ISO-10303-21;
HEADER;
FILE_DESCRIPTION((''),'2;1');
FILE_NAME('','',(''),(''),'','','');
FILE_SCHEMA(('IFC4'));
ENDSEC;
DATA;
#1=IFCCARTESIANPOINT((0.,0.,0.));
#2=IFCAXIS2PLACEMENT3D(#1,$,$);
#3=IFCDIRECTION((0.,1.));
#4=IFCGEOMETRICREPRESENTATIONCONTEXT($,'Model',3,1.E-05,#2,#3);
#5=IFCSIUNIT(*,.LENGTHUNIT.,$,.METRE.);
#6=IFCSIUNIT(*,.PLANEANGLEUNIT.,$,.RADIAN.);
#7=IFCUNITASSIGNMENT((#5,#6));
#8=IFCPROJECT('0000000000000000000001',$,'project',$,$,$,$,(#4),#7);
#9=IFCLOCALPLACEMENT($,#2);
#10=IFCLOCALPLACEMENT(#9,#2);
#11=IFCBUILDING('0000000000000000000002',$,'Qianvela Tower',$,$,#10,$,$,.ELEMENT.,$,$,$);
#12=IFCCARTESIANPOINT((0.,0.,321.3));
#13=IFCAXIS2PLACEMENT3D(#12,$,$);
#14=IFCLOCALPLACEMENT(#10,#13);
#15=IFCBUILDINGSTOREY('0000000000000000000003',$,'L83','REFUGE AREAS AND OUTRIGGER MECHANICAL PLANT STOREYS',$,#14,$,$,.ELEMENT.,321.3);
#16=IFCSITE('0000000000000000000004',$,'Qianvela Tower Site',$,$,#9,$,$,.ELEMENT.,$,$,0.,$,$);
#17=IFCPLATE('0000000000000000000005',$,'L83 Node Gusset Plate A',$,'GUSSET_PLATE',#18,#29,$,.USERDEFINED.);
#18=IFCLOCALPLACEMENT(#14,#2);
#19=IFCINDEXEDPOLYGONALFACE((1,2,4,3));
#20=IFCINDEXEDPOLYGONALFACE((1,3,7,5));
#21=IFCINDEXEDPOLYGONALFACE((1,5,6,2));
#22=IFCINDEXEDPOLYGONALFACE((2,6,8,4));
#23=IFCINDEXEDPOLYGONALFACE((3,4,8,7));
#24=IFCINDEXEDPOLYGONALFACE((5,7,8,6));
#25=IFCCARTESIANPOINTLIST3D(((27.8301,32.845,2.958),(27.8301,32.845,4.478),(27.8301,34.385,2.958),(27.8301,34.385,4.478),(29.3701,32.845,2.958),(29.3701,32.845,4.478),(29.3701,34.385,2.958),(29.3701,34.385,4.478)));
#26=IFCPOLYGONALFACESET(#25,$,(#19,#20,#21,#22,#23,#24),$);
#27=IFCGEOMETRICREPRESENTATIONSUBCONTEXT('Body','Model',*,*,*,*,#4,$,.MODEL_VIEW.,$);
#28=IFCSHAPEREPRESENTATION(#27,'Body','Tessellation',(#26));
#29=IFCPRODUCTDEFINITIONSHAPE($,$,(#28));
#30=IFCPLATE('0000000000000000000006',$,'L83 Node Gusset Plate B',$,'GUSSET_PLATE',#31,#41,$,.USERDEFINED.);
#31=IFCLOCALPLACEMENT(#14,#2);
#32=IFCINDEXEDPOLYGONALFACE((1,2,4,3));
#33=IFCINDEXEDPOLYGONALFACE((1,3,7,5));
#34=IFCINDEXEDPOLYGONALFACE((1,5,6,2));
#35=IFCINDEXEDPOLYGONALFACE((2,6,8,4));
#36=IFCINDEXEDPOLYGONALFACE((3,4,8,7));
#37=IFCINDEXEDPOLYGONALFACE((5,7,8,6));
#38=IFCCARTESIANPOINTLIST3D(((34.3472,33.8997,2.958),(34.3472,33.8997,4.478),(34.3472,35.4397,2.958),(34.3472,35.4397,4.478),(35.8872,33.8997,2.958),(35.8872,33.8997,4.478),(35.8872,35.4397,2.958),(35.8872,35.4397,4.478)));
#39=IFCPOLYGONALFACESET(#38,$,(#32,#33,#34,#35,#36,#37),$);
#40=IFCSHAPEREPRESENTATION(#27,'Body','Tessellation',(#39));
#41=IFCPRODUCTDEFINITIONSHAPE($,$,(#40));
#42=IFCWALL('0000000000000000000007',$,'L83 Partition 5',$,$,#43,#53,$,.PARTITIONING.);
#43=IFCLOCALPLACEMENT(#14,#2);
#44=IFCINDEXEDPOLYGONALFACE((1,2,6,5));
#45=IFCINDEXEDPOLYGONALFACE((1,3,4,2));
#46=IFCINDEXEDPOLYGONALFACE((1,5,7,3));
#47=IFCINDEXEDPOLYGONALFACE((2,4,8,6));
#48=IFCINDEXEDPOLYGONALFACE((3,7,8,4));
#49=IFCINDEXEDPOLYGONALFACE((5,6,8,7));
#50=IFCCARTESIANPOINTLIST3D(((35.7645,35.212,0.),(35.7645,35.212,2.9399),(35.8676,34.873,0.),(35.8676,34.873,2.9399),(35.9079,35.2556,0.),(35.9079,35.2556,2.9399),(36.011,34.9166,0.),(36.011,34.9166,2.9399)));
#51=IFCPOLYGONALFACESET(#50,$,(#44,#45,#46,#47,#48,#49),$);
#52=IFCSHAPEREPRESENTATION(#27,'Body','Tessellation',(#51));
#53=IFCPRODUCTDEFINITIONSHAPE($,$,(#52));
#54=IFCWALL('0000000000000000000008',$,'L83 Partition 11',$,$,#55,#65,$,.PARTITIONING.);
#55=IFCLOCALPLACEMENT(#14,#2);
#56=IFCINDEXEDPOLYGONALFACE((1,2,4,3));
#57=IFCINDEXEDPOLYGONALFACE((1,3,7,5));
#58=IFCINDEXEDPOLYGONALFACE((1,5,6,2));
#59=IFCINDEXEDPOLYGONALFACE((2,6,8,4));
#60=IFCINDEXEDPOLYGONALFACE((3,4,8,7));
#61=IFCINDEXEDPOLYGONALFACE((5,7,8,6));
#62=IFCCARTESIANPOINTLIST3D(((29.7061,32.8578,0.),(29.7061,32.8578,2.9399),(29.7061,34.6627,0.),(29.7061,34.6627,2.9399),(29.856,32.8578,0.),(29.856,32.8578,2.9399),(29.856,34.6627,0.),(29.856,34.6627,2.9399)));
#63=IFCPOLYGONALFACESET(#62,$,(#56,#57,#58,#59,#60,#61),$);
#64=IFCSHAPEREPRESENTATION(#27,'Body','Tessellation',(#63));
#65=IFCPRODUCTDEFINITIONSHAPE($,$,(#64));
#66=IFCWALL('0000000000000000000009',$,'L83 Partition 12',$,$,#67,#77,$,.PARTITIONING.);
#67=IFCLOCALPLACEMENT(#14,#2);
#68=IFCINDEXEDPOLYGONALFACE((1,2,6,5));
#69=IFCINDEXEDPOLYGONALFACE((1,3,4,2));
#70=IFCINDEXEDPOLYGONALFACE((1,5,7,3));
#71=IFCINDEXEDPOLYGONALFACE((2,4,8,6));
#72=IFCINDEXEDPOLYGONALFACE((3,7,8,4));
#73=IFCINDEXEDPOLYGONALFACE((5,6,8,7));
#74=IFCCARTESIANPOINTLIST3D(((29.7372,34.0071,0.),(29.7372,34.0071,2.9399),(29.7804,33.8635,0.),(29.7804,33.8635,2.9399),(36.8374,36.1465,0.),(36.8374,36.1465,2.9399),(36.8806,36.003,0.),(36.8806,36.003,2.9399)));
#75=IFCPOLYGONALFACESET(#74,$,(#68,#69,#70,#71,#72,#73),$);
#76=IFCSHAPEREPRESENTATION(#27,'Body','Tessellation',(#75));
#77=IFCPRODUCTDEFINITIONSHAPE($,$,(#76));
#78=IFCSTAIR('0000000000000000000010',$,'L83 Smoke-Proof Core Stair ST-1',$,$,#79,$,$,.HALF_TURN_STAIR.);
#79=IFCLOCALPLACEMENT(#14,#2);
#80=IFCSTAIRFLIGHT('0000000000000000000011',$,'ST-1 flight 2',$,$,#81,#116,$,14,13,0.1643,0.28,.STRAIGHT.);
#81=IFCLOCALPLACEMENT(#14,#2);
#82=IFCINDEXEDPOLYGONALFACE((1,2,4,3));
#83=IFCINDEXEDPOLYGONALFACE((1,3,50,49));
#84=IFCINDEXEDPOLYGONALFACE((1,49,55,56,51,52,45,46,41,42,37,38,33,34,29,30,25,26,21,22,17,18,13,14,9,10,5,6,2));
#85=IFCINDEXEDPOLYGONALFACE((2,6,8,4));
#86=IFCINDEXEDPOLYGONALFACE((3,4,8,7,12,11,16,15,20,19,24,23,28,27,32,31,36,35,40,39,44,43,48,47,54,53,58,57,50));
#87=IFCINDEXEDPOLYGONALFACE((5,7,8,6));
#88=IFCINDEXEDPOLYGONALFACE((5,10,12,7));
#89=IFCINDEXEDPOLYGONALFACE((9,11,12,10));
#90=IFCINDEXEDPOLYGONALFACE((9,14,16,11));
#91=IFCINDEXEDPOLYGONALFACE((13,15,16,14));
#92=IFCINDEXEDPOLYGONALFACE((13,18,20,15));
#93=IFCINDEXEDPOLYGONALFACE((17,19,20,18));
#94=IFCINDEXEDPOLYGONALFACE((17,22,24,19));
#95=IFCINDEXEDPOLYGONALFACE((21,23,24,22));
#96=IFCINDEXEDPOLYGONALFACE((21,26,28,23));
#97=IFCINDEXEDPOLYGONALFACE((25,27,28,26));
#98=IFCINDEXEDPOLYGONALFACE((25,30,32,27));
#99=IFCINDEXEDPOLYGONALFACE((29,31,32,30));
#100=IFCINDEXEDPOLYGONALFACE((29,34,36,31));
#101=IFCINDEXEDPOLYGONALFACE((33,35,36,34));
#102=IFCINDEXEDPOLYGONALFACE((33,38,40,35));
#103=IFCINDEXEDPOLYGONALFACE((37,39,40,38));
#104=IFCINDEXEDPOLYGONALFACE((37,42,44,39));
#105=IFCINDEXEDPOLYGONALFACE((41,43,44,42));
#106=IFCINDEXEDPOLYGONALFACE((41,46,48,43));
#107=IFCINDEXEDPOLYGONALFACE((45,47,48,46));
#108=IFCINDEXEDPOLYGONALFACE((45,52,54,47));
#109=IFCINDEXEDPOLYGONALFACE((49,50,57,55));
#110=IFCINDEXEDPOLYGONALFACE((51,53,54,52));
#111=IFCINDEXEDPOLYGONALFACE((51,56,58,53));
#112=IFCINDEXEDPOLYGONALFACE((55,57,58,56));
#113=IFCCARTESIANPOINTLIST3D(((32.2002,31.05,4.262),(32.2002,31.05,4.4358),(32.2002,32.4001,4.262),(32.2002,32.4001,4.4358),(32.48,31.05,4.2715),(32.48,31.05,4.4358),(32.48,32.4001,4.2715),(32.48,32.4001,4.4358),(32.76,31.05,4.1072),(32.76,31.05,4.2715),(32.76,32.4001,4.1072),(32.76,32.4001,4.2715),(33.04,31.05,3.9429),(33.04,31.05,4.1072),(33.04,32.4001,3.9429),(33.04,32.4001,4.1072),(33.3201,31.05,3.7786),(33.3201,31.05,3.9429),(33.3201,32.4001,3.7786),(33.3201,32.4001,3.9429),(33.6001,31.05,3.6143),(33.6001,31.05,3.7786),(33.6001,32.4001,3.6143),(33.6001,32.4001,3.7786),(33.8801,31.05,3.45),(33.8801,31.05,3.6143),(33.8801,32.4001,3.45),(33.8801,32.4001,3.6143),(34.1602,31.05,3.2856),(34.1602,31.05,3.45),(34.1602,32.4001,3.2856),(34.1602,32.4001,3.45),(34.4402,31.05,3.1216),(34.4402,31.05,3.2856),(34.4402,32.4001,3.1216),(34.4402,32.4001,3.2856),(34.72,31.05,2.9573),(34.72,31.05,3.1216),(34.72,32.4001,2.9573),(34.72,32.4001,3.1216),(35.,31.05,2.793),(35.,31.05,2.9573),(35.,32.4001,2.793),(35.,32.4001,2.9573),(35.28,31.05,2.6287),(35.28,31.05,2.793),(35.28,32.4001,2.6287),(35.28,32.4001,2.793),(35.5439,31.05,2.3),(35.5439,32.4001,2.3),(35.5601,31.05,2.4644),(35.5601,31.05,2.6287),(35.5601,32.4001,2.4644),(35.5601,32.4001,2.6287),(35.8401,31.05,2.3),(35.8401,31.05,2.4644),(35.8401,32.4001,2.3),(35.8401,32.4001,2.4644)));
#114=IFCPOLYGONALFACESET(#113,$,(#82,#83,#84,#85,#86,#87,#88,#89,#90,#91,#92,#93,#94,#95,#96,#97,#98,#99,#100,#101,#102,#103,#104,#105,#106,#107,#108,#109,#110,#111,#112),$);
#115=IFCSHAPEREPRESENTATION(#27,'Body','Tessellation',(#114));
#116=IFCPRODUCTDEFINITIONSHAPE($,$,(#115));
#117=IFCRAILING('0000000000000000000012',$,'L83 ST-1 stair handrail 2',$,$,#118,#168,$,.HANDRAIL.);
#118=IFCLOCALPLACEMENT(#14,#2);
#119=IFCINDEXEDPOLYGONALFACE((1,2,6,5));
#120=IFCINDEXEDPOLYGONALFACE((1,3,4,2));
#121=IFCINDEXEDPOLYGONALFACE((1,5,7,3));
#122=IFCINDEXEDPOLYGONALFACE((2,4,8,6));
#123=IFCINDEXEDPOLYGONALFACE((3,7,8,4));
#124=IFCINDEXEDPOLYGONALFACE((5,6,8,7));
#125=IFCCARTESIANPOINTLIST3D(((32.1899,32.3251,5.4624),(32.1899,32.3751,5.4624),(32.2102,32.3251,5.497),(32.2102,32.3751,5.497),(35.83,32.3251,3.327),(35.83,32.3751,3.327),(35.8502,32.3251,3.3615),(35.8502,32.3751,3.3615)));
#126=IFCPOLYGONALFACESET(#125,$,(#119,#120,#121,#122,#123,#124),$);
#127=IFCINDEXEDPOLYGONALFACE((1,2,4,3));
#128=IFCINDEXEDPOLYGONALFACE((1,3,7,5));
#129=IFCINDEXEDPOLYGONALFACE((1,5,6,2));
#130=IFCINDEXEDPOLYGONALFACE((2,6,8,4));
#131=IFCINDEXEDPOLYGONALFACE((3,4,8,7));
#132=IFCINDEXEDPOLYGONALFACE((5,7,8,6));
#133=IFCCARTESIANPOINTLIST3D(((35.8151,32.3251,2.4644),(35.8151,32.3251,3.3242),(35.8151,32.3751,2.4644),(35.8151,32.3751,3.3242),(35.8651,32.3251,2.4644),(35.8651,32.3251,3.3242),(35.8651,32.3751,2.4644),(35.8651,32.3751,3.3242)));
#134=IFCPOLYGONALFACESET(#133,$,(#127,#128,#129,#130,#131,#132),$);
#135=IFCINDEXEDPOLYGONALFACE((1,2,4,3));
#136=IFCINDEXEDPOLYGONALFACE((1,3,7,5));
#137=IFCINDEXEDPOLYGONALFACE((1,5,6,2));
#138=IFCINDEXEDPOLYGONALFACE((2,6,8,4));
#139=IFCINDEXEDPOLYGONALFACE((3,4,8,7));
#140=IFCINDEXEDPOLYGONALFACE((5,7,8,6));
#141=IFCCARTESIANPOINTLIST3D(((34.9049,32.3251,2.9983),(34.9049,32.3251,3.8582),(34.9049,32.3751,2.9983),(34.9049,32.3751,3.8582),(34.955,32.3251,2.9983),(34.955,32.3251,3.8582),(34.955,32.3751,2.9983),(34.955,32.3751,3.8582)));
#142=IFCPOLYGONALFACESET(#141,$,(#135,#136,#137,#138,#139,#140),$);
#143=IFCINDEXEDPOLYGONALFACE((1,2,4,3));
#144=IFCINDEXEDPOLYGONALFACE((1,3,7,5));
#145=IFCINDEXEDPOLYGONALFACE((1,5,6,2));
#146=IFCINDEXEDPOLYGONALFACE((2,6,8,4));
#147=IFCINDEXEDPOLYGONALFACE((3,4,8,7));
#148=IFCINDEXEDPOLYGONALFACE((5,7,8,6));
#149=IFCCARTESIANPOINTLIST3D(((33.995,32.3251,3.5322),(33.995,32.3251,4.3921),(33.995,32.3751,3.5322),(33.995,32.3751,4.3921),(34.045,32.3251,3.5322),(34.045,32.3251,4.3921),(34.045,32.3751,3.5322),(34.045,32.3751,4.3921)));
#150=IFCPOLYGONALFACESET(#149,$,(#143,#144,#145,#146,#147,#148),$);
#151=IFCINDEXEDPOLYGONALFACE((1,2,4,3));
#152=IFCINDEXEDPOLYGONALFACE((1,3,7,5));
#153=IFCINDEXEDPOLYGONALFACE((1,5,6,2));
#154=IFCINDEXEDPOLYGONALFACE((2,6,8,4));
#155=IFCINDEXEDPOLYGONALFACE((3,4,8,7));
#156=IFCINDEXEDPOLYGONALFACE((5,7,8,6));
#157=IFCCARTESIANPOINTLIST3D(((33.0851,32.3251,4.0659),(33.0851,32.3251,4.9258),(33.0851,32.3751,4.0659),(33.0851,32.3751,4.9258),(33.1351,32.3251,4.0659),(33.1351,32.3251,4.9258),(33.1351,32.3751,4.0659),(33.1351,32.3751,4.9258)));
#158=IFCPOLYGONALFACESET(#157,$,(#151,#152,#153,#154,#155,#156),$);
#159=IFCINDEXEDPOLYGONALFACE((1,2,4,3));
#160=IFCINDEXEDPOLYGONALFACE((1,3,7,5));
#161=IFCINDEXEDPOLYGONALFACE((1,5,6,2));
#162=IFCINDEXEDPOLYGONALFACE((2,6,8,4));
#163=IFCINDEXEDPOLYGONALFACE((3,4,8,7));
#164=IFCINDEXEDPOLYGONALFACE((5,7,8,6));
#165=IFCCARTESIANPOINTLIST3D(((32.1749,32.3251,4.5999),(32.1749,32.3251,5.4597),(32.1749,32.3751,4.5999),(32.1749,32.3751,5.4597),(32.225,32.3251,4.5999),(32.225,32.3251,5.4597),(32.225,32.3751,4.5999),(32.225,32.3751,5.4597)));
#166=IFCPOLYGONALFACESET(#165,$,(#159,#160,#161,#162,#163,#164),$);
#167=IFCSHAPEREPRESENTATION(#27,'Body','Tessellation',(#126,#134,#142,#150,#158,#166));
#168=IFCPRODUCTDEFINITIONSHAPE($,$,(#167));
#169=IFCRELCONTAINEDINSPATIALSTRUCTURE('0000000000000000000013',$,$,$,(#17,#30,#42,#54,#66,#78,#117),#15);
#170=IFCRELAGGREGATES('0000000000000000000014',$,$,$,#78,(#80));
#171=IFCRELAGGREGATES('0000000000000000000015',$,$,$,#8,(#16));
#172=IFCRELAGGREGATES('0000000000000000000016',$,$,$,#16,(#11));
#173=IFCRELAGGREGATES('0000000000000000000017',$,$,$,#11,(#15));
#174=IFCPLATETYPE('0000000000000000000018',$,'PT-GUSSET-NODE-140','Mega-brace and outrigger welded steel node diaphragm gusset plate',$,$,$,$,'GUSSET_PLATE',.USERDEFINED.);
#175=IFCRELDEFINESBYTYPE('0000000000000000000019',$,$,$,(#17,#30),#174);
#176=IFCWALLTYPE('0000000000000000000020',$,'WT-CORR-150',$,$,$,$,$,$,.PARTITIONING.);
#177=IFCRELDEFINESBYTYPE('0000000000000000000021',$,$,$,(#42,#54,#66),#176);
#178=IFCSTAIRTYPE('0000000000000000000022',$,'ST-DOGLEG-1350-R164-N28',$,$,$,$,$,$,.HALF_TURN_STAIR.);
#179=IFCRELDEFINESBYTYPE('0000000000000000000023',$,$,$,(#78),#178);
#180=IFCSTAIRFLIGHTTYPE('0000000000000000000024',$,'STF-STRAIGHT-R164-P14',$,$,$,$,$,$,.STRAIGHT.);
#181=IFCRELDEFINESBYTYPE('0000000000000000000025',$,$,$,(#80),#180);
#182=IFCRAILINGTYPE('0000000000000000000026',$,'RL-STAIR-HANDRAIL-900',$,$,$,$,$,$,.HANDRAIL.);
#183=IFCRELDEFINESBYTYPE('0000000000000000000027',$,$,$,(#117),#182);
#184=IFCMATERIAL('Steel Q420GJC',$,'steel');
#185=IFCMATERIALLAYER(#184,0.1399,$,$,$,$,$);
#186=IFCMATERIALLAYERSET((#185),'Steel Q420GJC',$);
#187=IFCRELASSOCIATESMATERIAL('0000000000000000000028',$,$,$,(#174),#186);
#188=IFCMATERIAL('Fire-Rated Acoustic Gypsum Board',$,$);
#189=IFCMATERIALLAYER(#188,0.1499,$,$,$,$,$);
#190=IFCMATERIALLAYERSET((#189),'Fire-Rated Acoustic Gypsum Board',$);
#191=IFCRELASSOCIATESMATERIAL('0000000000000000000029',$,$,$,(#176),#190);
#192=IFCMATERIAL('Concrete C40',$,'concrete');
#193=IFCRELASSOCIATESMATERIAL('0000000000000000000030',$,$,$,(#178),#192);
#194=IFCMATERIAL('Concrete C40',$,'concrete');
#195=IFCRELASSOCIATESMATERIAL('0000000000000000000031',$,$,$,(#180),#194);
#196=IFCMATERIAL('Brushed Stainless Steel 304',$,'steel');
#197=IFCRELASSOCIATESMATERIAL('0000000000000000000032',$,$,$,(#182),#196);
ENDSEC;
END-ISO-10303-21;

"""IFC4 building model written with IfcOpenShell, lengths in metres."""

from ifc_helpers import new_model, si_unit, direction, frame, frame_2d, origin, origin_2d, place, context, subcontext, project, spatial, polyline, rectangle, outline, extrude, material, layer, layer_set, type_object, element, aggregate, save


model = new_model("IFC4")

# Units and contexts
model_context = context("Model", 3, precision=1e-05, world=origin(), true_north=direction((0.0, 1.0)))
body_context = subcontext(model_context, "Body", "Model", "MODEL_VIEW")
ifc_project = project(units=[si_unit("LENGTHUNIT", "METRE"), si_unit("PLANEANGLEUNIT", "RADIAN")], contexts=[model_context])

# Site, building, storey
site_placement = place(None, origin())
site = spatial("IfcSite", under=ifc_project, at=site_placement, Name="Qianvela Tower Site", CompositionType="ELEMENT", RefElevation=0.0)
building_placement = place(site_placement, origin())
building = spatial("IfcBuilding", under=site, at=building_placement, Name="Qianvela Tower", CompositionType="ELEMENT")
storey_placement = place(building_placement, frame((0.0, 0.0, 321.3)))
storey = spatial("IfcBuildingStorey", under=building, at=storey_placement, Name="L83", Description="REFUGE AREAS AND OUTRIGGER MECHANICAL PLANT STOREYS", CompositionType="ELEMENT", Elevation=321.3)

# Plates
ifc_material_1 = material(Name="Steel Q420GJC", Category="steel")
ifc_layer_1 = layer(ifc_material_1, 0.1399)
ifc_layer_set_1 = layer_set([ifc_layer_1], Name="Steel Q420GJC")
plate_type_1 = type_object("IfcPlateType", Name="PT-GUSSET-NODE-140", Description="Mega-brace and outrigger welded steel node diaphragm gusset plate", ElementType="GUSSET_PLATE", PredefinedType="USERDEFINED", material=ifc_layer_set_1)
for number, where, z_axis, x_axis, name in (
    (1, (28.6001, 33.615, 2.958), (0.0, 0.0, 1.0), (1.0, 0.0, 0.0), "L83 Node Gusset Plate A"),
    (2, (35.1172, 34.6697, 2.958), (0.0, 0.0, 1.0), (1.0, 0.0, 0.0), "L83 Node Gusset Plate B"),
):
    element("IfcPlate", number, at=place(storey_placement, frame(where, z_axis=z_axis, x_axis=x_axis)), inside=storey, type_object=plate_type_1, Name=name, ObjectType="GUSSET_PLATE", PredefinedType="USERDEFINED", context=body_context, shape_type="SweptSolid", body=[
        extrude(rectangle(XDim=1.54, YDim=1.54, at=origin_2d()), origin(), (0.0, 0.0, 1.0), 1.52),
    ])

# Walls
ifc_material_2 = material(Name="Fire-Rated Acoustic Gypsum Board")
ifc_layer_2 = layer(ifc_material_2, 0.1499)
ifc_layer_set_2 = layer_set([ifc_layer_2], Name="Fire-Rated Acoustic Gypsum Board")
wall_type_1 = type_object("IfcWallType", Name="WT-CORR-150", PredefinedType="PARTITIONING", material=ifc_layer_set_2)
wall_1_placement = place(storey_placement, frame((35.8362, 35.2339, 0.0), z_axis=(0.0, 0.0, 1.0), x_axis=(0.290887, -0.956757, 0.0)))
element("IfcWall", 3, at=wall_1_placement, inside=storey, type_object=wall_type_1, Name="L83 Partition 5", PredefinedType="PARTITIONING", context=body_context, shape_type="SweptSolid", body=[
    extrude(rectangle(XDim=0.3542, YDim=0.1499, at=frame_2d((0.1772, 0.0))), origin(), (0.0, 0.0, 1.0), 2.9399),
])
wall_2_placement = place(storey_placement, frame((29.781, 32.8579, 0.0), z_axis=(0.0, 0.0, 1.0), x_axis=(0.0, 1.0, 0.0)))
element("IfcWall", 4, at=wall_2_placement, inside=storey, type_object=wall_type_1, Name="L83 Partition 11", PredefinedType="PARTITIONING", context=body_context, shape_type="SweptSolid", body=[
    extrude(rectangle(XDim=1.8049, YDim=0.1499, at=frame_2d((0.9023, 0.0))), origin(), (0.0, 0.0, 1.0), 2.9399),
])
wall_3_placement = place(storey_placement, frame((29.7588, 33.9353, 0.0), z_axis=(0.0, 0.0, 1.0), x_axis=(0.957478, 0.288508, 0.0)))
element("IfcWall", 5, at=wall_3_placement, inside=storey, type_object=wall_type_1, Name="L83 Partition 12", PredefinedType="PARTITIONING", context=body_context, shape_type="SweptSolid", body=[
    extrude(rectangle(XDim=7.4155, YDim=0.1499, at=frame_2d((3.7078, 0.0))), origin(), (0.0, 0.0, 1.0), 2.9399),
])

# Stair, stair flight
ifc_material_3 = material(Name="Concrete C40", Category="concrete")
stair_type = type_object("IfcStairType", Name="ST-DOGLEG-1350-R164-N28", PredefinedType="HALF_TURN_STAIR", material=ifc_material_3)
stair_placement = place(storey_placement, origin())
stair = element("IfcStair", 6, at=stair_placement, inside=storey, type_object=stair_type, Name="L83 Smoke-Proof Core Stair ST-1", PredefinedType="HALF_TURN_STAIR")
ifc_material_4 = material(Name="Concrete C40", Category="concrete")
stair_flight_type = type_object("IfcStairFlightType", Name="STF-STRAIGHT-R164-P14", PredefinedType="STRAIGHT", material=ifc_material_4)
stair_flight_placement = place(storey_placement, frame((35.8401, 31.7251, 2.3), z_axis=(0.0, 0.0, 1.0), x_axis=(-1.0, 0.0, 0.0)))
stair_flight = element("IfcStairFlight", 7, at=stair_flight_placement, type_object=stair_flight_type, Name="ST-1 flight 2", NumberOfRisers=14, NumberOfTreads=13, PredefinedType="STRAIGHT", RiserHeight=0.1643, TreadLength=0.28, context=body_context, shape_type="SweptSolid", body=[
    extrude(outline(polyline([(0.0, 0.0), (0.0, 0.1643), (0.28, 0.1643), (0.28, 0.3286), (0.5601, 0.3286), (0.5601, 0.4929), (0.8401, 0.4929), (0.8401, 0.6572), (1.1201, 0.6572), (1.1201, 0.8215), (1.3999, 0.8215), (1.3999, 0.9856), (1.6799, 0.9856), (1.6799, 1.1499), (1.96, 1.1499), (1.96, 1.3142), (2.24, 1.3142), (2.24, 1.4785), (2.52, 1.4785), (2.52, 1.6428), (2.8, 1.6428), (2.8, 1.8071), (3.0801, 1.8071), (3.0801, 1.9714), (3.3601, 1.9714), (3.3601, 2.1357), (3.6399, 2.1357), (3.6399, 2.3), (3.6399, 1.9619), (0.2961, 0.0), (0.0, 0.0)])), frame((0.0, 0.675, 0.0), z_axis=(0.0, -1.0, 0.0), x_axis=(1.0, 0.0, 0.0)), (0.0, 0.0, 1.0), 1.3501),
])
aggregate(stair, [stair_flight])

# Railing
ifc_material_5 = material(Name="Brushed Stainless Steel 304", Category="steel")
railing_type = type_object("IfcRailingType", Name="RL-STAIR-HANDRAIL-900", PredefinedType="HANDRAIL", material=ifc_material_5)
railing_placement = place(storey_placement, frame((35.8401, 32.3501, 2.4644)))
element("IfcRailing", 8, at=railing_placement, inside=storey, type_object=railing_type, Name="L83 ST-1 stair handrail 2", PredefinedType="HANDRAIL", context=body_context, shape_type="SweptSolid", body=[
    extrude(rectangle(XDim=0.05, YDim=0.04, at=origin_2d()), frame((0.0, 0.0, 0.8799), z_axis=(-0.86253, 0.0, 0.506006), x_axis=(0.0, -1.0, 0.0)), (0.0, 0.0, 1.0), 4.2202),
    extrude(rectangle(XDim=0.05, YDim=0.05, at=origin_2d()), origin(), (0.0, 0.0, 1.0), 0.8599),
    extrude(rectangle(XDim=0.05, YDim=0.05, at=origin_2d()), frame((-0.9102, 0.0, 0.5339)), (0.0, 0.0, 1.0), 0.8599),
    extrude(rectangle(XDim=0.05, YDim=0.05, at=origin_2d()), frame((-1.8201, 0.0, 1.0679)), (0.0, 0.0, 1.0), 0.8599),
    extrude(rectangle(XDim=0.05, YDim=0.05, at=origin_2d()), frame((-2.73, 0.0, 1.6016)), (0.0, 0.0, 1.0), 0.8599),
    extrude(rectangle(XDim=0.05, YDim=0.05, at=origin_2d()), frame((-3.6401, 0.0, 2.1355)), (0.0, 0.0, 1.0), 0.8599),
])

save(model, "model.ifc")
